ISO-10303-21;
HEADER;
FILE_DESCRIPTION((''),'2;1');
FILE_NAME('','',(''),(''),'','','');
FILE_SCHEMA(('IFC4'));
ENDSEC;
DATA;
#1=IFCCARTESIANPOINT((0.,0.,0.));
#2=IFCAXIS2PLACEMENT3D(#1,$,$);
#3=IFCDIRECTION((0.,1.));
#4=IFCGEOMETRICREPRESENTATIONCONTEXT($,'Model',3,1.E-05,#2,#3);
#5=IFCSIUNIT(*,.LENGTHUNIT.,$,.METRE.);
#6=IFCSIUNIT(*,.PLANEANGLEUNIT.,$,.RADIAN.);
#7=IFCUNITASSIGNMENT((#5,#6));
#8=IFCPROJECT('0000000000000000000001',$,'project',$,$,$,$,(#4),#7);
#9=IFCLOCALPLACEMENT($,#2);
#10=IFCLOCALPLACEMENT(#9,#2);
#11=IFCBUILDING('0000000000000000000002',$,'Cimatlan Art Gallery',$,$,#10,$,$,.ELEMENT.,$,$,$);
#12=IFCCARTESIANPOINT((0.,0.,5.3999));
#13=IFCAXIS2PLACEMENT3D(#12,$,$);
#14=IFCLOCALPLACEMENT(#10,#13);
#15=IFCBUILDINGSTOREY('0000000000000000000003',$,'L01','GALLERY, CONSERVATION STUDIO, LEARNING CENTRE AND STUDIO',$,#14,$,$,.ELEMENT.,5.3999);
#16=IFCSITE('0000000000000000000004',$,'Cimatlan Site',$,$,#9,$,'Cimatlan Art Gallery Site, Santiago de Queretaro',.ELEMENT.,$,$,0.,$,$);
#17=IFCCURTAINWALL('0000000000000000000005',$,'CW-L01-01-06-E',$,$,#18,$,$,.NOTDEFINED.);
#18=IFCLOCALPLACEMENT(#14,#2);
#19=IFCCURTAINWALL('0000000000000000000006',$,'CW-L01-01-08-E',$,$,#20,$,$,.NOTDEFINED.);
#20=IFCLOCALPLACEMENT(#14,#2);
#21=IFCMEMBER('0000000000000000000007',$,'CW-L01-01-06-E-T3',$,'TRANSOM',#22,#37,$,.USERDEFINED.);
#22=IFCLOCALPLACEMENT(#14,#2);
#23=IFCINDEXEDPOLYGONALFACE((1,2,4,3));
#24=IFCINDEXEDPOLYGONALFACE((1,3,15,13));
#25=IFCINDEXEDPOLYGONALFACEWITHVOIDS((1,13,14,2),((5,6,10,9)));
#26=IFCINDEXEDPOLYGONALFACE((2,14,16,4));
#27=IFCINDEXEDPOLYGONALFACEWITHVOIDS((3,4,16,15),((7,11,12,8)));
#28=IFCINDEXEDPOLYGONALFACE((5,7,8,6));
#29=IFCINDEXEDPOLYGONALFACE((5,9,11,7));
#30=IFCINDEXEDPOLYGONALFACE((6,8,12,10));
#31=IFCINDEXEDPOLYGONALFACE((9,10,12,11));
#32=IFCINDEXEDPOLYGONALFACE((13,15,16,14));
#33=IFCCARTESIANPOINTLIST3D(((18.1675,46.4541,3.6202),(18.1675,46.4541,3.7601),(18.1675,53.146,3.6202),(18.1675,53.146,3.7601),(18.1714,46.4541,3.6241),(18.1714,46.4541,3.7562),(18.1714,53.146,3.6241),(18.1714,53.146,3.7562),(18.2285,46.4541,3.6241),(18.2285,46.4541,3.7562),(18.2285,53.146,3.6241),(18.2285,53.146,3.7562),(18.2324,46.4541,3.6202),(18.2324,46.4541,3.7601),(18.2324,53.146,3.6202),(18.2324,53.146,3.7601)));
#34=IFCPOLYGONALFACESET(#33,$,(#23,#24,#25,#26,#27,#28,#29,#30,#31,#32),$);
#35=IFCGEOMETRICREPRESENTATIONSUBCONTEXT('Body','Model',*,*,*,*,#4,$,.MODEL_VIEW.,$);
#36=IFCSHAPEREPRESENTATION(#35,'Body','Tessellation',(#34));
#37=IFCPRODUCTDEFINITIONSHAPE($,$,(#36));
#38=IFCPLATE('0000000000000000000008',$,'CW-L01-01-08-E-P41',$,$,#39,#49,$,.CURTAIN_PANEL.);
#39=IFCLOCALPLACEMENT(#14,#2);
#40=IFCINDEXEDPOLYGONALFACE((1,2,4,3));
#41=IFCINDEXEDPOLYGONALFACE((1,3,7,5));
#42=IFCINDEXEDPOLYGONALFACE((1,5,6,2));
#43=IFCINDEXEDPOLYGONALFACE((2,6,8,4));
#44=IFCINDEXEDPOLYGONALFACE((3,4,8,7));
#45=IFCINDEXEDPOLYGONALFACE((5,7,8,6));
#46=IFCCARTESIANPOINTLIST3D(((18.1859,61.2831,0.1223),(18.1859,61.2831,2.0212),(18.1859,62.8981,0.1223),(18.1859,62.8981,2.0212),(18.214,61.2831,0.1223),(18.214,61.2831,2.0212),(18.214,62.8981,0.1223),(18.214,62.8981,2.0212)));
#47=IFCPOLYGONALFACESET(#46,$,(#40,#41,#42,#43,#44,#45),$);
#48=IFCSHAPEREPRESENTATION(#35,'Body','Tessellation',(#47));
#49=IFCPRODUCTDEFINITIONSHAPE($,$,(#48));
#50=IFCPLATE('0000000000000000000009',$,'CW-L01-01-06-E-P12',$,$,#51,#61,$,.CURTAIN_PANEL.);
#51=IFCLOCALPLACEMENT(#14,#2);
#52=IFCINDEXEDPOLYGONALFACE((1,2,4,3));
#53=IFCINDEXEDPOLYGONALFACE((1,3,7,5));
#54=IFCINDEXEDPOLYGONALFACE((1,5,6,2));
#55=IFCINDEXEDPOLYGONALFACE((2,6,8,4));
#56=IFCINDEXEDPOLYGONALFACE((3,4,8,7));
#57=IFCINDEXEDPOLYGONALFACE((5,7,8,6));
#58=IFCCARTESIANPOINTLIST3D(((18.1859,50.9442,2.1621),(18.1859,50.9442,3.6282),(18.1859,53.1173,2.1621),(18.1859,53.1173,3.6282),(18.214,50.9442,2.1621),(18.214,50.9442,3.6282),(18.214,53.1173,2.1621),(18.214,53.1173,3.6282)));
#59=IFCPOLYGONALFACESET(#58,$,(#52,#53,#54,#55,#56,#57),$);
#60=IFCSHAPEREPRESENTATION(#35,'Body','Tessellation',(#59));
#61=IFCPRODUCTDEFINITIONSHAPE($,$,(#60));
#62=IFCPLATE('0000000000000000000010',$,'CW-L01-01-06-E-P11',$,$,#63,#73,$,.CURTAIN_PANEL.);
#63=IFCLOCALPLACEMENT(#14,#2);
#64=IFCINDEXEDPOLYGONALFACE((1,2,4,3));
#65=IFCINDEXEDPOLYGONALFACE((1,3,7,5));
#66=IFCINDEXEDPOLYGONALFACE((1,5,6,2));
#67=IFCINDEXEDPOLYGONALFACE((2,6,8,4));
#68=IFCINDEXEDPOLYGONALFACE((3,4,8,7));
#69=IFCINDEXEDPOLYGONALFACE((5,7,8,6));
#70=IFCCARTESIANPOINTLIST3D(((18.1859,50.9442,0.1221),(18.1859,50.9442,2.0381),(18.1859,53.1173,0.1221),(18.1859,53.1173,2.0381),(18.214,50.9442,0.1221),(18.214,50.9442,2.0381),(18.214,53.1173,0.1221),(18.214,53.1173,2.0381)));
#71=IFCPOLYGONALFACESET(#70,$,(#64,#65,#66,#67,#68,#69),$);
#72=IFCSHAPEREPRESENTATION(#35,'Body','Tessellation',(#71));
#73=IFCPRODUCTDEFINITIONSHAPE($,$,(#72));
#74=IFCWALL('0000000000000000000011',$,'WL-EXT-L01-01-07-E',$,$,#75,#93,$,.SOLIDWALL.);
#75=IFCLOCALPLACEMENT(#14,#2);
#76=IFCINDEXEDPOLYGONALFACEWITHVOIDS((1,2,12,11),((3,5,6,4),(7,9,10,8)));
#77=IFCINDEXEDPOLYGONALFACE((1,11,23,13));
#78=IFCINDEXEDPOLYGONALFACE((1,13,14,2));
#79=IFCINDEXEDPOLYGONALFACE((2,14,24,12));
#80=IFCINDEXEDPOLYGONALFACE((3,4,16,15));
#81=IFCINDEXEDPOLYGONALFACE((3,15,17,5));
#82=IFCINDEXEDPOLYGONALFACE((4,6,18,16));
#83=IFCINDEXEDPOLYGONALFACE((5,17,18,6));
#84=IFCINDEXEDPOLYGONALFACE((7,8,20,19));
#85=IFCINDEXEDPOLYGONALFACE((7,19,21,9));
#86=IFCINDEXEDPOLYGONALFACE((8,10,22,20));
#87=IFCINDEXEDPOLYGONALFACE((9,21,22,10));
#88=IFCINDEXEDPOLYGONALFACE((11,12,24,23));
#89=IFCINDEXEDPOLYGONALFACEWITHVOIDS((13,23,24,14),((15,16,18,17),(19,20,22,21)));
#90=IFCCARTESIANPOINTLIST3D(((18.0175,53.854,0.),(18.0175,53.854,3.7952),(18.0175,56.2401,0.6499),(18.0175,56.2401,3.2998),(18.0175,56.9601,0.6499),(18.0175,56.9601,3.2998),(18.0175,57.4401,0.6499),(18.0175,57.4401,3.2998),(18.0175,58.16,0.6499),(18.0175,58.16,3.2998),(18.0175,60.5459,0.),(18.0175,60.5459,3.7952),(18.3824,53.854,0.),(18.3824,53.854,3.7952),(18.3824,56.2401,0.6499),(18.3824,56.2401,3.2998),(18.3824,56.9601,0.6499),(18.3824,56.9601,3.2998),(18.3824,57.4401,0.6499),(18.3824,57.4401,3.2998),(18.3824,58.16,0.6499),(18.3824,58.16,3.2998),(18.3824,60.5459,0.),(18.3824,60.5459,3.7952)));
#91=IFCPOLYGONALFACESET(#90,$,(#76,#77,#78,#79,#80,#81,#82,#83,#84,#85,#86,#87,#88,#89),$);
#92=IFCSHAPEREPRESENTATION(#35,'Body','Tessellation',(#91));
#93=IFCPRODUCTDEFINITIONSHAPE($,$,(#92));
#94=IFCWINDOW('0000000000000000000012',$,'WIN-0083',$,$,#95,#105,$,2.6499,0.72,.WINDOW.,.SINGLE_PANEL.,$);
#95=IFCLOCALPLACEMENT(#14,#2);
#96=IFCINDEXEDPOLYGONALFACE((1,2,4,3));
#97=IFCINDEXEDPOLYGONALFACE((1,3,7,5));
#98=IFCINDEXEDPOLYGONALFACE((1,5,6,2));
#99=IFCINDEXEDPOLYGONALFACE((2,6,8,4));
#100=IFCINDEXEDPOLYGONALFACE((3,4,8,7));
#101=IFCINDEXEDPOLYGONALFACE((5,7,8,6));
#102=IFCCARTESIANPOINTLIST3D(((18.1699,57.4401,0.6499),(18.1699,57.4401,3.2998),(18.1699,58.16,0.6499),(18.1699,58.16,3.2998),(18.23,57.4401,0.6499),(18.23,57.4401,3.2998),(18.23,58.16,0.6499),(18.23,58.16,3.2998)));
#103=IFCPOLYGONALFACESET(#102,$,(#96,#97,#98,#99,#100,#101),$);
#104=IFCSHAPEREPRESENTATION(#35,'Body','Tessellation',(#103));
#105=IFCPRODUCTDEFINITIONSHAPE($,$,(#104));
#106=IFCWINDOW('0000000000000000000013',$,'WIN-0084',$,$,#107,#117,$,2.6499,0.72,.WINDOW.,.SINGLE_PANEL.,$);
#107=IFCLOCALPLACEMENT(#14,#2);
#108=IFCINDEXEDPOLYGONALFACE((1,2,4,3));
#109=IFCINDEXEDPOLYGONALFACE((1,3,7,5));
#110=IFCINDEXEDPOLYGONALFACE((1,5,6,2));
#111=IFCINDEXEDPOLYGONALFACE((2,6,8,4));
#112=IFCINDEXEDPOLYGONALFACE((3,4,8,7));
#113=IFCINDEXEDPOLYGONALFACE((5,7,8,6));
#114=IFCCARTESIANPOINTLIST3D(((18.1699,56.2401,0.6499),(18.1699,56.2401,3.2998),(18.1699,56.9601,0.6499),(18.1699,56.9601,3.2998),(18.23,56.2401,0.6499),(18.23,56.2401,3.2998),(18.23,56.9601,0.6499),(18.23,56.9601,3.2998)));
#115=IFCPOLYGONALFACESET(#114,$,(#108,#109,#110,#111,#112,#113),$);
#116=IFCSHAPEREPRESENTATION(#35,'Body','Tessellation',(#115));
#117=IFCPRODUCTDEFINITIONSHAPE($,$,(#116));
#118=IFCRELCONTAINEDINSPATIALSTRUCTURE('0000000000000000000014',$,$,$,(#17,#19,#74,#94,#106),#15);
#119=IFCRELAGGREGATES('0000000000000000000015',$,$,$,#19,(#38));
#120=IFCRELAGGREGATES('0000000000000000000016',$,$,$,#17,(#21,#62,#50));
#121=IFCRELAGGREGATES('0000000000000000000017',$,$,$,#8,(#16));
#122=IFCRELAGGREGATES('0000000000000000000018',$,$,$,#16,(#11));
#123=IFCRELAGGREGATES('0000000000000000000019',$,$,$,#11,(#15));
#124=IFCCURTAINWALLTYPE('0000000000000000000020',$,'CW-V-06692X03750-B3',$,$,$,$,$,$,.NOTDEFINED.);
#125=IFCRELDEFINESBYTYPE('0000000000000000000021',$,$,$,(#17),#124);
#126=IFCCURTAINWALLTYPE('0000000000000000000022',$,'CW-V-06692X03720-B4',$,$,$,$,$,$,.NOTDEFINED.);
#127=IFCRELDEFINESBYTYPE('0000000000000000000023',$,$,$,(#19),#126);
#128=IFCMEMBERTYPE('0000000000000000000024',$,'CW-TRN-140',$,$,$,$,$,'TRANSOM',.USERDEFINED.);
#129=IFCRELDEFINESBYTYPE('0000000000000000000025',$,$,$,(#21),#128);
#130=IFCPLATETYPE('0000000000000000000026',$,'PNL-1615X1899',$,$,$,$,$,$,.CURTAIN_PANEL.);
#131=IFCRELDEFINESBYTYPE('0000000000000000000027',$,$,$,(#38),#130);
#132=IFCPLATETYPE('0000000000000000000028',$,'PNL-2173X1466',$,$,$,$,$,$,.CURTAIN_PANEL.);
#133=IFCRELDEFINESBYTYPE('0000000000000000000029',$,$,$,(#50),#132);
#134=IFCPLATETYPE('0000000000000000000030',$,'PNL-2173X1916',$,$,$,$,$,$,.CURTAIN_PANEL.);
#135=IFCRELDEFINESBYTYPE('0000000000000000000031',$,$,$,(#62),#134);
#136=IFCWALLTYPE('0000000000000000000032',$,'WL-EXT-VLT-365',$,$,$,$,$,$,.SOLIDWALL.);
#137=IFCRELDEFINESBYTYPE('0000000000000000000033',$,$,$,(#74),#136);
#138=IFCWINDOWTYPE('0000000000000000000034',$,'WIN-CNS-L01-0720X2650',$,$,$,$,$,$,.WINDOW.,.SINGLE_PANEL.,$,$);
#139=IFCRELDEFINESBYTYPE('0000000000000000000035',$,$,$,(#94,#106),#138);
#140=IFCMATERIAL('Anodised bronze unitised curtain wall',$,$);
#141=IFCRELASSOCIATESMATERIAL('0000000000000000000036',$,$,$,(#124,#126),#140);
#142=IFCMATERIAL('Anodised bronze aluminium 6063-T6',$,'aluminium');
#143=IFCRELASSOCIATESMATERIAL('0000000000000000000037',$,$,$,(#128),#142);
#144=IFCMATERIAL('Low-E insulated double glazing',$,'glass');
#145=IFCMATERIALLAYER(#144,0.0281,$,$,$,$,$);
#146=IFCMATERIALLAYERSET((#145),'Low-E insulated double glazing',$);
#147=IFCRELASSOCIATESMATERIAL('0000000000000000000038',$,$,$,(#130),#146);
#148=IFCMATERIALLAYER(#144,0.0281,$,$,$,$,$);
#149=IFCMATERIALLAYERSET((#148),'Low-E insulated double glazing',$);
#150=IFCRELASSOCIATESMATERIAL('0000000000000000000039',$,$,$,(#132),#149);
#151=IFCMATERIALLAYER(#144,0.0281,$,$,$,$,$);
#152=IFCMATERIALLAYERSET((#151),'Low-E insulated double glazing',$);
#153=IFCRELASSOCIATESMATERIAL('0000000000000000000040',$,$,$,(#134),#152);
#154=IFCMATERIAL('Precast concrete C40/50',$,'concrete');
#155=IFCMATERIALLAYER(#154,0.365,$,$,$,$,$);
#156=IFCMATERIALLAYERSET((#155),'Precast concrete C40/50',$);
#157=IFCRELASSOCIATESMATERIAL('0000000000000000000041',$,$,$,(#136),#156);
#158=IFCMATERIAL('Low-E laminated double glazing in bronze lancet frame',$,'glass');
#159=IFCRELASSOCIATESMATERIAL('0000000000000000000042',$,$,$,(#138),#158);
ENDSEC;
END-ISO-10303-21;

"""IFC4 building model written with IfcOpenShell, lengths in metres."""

from ifc_helpers import new_model, si_unit, direction, frame, frame_2d, origin, origin_2d, place, context, subcontext, project, spatial, rectangle, hollow_rectangle, extrude, material, layer, layer_set, material_profile, profile_set, type_object, element, fill, aggregate, save


model = new_model("IFC4")

# Units and contexts
model_context = context("Model", 3, precision=1e-05, world=origin(), true_north=direction((0.0, 1.0)))
body_context = subcontext(model_context, "Body", "Model", "MODEL_VIEW")
ifc_project = project(units=[si_unit("LENGTHUNIT", "METRE"), si_unit("PLANEANGLEUNIT", "RADIAN")], contexts=[model_context])

# Site, building, storey
site_placement = place(None, origin())
site = spatial("IfcSite", under=ifc_project, at=site_placement, Name="Cimatlan Site", LongName="Cimatlan Art Gallery Site, Santiago de Queretaro", CompositionType="ELEMENT", RefElevation=0.0)
building_placement = place(site_placement, origin())
building = spatial("IfcBuilding", under=site, at=building_placement, Name="Cimatlan Art Gallery", CompositionType="ELEMENT")
storey_placement = place(building_placement, frame((0.0, 0.0, 5.3999)))
storey = spatial("IfcBuildingStorey", under=building, at=storey_placement, Name="L01", Description="GALLERY, CONSERVATION STUDIO, LEARNING CENTRE AND STUDIO", CompositionType="ELEMENT", Elevation=5.3999)

# Curtain walls
ifc_material_1 = material(Name="Anodised bronze unitised curtain wall")
curtain_wall_type_1 = type_object("IfcCurtainWallType", Name="CW-V-06692X03750-B3", PredefinedType="NOTDEFINED", material=ifc_material_1)
curtain_wall_1_placement = place(storey_placement, origin())
curtain_wall_1 = element("IfcCurtainWall", 1, at=curtain_wall_1_placement, inside=storey, type_object=curtain_wall_type_1, Name="CW-L01-01-06-E", PredefinedType="NOTDEFINED")
ifc_material_2 = material(Name="Anodised bronze aluminium 6063-T6", Category="aluminium")
curtain_wall_type_2 = type_object("IfcCurtainWallType", Name="CW-V-06692X03720-B4", PredefinedType="NOTDEFINED", material=ifc_material_1)
curtain_wall_2_placement = place(storey_placement, origin())
curtain_wall_2 = element("IfcCurtainWall", 2, at=curtain_wall_2_placement, inside=storey, type_object=curtain_wall_type_2, Name="CW-L01-01-08-E", PredefinedType="NOTDEFINED")

# Member
ifc_material_profile_1 = material_profile(ifc_material_2, hollow_rectangle(XDim=0.0649, YDim=0.1399, WallThickness=0.0039, at=origin_2d()), Name="ALU65X140X4")
ifc_profile_set_1 = profile_set([ifc_material_profile_1], Name="Anodised bronze aluminium 6063-T6")
member_type_1 = type_object("IfcMemberType", Name="CW-TRN-140", ElementType="TRANSOM", PredefinedType="USERDEFINED", material=ifc_profile_set_1)
member_1_placement = place(storey_placement, frame((18.2, 53.146, 3.6902), z_axis=(0.0, -1.0, 0.0), x_axis=(1.0, 0.0, 0.0)))
member_1 = element("IfcMember", 3, at=member_1_placement, type_object=member_type_1, Name="CW-L01-01-06-E-T3", ObjectType="TRANSOM", PredefinedType="USERDEFINED", context=body_context, shape_type="SweptSolid", body=[
    extrude(hollow_rectangle(XDim=0.0649, YDim=0.1399, WallThickness=0.0039, at=origin_2d()), origin(), (0.0, 0.0, 1.0), 6.6919),
])

# Plates
ifc_material_3 = material(Name="Low-E insulated double glazing", Category="glass")
ifc_layer_1 = layer(ifc_material_3, 0.0281)
ifc_layer_set_1 = layer_set([ifc_layer_1], Name="Low-E insulated double glazing")
plate_type_1 = type_object("IfcPlateType", Name="PNL-1615X1899", PredefinedType="CURTAIN_PANEL", material=ifc_layer_set_1)
plate_1_placement = place(storey_placement, frame((18.2, 62.0906, 0.1223), z_axis=(0.0, 0.0, 1.0), x_axis=(0.0, -1.0, 0.0)))
plate_1 = element("IfcPlate", 4, at=plate_1_placement, type_object=plate_type_1, Name="CW-L01-01-08-E-P41", PredefinedType="CURTAIN_PANEL", context=body_context, shape_type="SweptSolid", body=[
    extrude(rectangle(XDim=1.615, YDim=0.0281, at=origin_2d()), origin(), (0.0, 0.0, 1.0), 1.8989),
])
aggregate(curtain_wall_2, [plate_1])
ifc_layer_2 = layer(ifc_material_3, 0.0281)
ifc_layer_set_2 = layer_set([ifc_layer_2], Name="Low-E insulated double glazing")
plate_type_2 = type_object("IfcPlateType", Name="PNL-2173X1466", PredefinedType="CURTAIN_PANEL", material=ifc_layer_set_2)
plate_2_placement = place(storey_placement, frame((18.2, 52.0308, 2.1621), z_axis=(0.0, 0.0, 1.0), x_axis=(0.0, -1.0, 0.0)))
plate_2 = element("IfcPlate", 5, at=plate_2_placement, type_object=plate_type_2, Name="CW-L01-01-06-E-P12", PredefinedType="CURTAIN_PANEL", context=body_context, shape_type="SweptSolid", body=[
    extrude(rectangle(XDim=2.1731, YDim=0.0281, at=origin_2d()), origin(), (0.0, 0.0, 1.0), 1.4661),
])
ifc_layer_3 = layer(ifc_material_3, 0.0281)
ifc_layer_set_3 = layer_set([ifc_layer_3], Name="Low-E insulated double glazing")
plate_type_3 = type_object("IfcPlateType", Name="PNL-2173X1916", PredefinedType="CURTAIN_PANEL", material=ifc_layer_set_3)
plate_3_placement = place(storey_placement, frame((18.2, 52.0308, 0.1221), z_axis=(0.0, 0.0, 1.0), x_axis=(0.0, -1.0, 0.0)))
plate_3 = element("IfcPlate", 6, at=plate_3_placement, type_object=plate_type_3, Name="CW-L01-01-06-E-P11", PredefinedType="CURTAIN_PANEL", context=body_context, shape_type="SweptSolid", body=[
    extrude(rectangle(XDim=2.1731, YDim=0.0281, at=origin_2d()), origin(), (0.0, 0.0, 1.0), 1.916),
])
aggregate(curtain_wall_1, [member_1, plate_3, plate_2])

# Wall, openings, windows
ifc_material_4 = material(Name="Precast concrete C40/50", Category="concrete")
ifc_layer_4 = layer(ifc_material_4, 0.365)
ifc_layer_set_4 = layer_set([ifc_layer_4], Name="Precast concrete C40/50")
wall_type_1 = type_object("IfcWallType", Name="WL-EXT-VLT-365", PredefinedType="SOLIDWALL", material=ifc_layer_set_4)
wall_1_placement = place(storey_placement, frame((18.2, 60.5459, 0.0), z_axis=(0.0, 0.0, 1.0), x_axis=(0.0, -1.0, 0.0)))
wall_1 = element("IfcWall", 7, at=wall_1_placement, inside=storey, type_object=wall_type_1, Name="WL-EXT-L01-01-07-E", PredefinedType="SOLIDWALL", context=body_context, shape_type="SweptSolid", body=[
    extrude(rectangle(XDim=6.6919, YDim=0.365, at=frame_2d((3.3459, 0.0))), origin(), (0.0, 0.0, 1.0), 3.7952),
])
opening_1_placement = place(wall_1_placement, frame((2.386, 0.0, 0.6499)))
opening_1 = element("IfcOpeningElement", 8, at=opening_1_placement, cuts=wall_1, PredefinedType="OPENING", context=body_context, shape_type="SweptSolid", body=[
    extrude(rectangle(XDim=0.72, YDim=2.6499, at=frame_2d((0.3599, 1.325))), frame((0.0, 0.1924, 0.0), z_axis=(0.0, -1.0, 0.0), x_axis=(1.0, 0.0, 0.0)), (0.0, 0.0, 1.0), 0.385),
])
opening_2_placement = place(wall_1_placement, frame((3.5859, 0.0, 0.6499)))
opening_2 = element("IfcOpeningElement", 9, at=opening_2_placement, cuts=wall_1, PredefinedType="OPENING", context=body_context, shape_type="SweptSolid", body=[
    extrude(rectangle(XDim=0.72, YDim=2.6499, at=frame_2d((0.3599, 1.325))), frame((0.0, 0.1924, 0.0), z_axis=(0.0, -1.0, 0.0), x_axis=(1.0, 0.0, 0.0)), (0.0, 0.0, 1.0), 0.385),
])
ifc_material_5 = material(Name="Low-E laminated double glazing in bronze lancet frame", Category="glass")
window_type = type_object("IfcWindowType", Name="WIN-CNS-L01-0720X2650", PartitioningType="SINGLE_PANEL", PredefinedType="WINDOW", material=ifc_material_5)
window_1_placement = place(opening_1_placement, origin())
window_1 = element("IfcWindow", 10, at=window_1_placement, inside=storey, type_object=window_type, Name="WIN-0083", OverallHeight=2.6499, OverallWidth=0.72, PartitioningType="SINGLE_PANEL", PredefinedType="WINDOW", context=body_context, shape_type="SweptSolid", body=[
    extrude(rectangle(XDim=0.72, YDim=2.6499, at=frame_2d((0.3599, 1.325))), frame((0.0, 0.03, 0.0), z_axis=(0.0, -1.0, 0.0), x_axis=(1.0, 0.0, 0.0)), (0.0, 0.0, 1.0), 0.0601),
])
fill(opening_1, window_1)
window_2_placement = place(opening_2_placement, origin())
window_2 = element("IfcWindow", 11, at=window_2_placement, inside=storey, type_object=window_type, Name="WIN-0084", OverallHeight=2.6499, OverallWidth=0.72, PartitioningType="SINGLE_PANEL", PredefinedType="WINDOW", context=body_context, shape_type="SweptSolid", body=[
    extrude(rectangle(XDim=0.72, YDim=2.6499, at=frame_2d((0.3599, 1.325))), frame((0.0, 0.03, 0.0), z_axis=(0.0, -1.0, 0.0), x_axis=(1.0, 0.0, 0.0)), (0.0, 0.0, 1.0), 0.0601),
])
fill(opening_2, window_2)

save(model, "model.ifc")
